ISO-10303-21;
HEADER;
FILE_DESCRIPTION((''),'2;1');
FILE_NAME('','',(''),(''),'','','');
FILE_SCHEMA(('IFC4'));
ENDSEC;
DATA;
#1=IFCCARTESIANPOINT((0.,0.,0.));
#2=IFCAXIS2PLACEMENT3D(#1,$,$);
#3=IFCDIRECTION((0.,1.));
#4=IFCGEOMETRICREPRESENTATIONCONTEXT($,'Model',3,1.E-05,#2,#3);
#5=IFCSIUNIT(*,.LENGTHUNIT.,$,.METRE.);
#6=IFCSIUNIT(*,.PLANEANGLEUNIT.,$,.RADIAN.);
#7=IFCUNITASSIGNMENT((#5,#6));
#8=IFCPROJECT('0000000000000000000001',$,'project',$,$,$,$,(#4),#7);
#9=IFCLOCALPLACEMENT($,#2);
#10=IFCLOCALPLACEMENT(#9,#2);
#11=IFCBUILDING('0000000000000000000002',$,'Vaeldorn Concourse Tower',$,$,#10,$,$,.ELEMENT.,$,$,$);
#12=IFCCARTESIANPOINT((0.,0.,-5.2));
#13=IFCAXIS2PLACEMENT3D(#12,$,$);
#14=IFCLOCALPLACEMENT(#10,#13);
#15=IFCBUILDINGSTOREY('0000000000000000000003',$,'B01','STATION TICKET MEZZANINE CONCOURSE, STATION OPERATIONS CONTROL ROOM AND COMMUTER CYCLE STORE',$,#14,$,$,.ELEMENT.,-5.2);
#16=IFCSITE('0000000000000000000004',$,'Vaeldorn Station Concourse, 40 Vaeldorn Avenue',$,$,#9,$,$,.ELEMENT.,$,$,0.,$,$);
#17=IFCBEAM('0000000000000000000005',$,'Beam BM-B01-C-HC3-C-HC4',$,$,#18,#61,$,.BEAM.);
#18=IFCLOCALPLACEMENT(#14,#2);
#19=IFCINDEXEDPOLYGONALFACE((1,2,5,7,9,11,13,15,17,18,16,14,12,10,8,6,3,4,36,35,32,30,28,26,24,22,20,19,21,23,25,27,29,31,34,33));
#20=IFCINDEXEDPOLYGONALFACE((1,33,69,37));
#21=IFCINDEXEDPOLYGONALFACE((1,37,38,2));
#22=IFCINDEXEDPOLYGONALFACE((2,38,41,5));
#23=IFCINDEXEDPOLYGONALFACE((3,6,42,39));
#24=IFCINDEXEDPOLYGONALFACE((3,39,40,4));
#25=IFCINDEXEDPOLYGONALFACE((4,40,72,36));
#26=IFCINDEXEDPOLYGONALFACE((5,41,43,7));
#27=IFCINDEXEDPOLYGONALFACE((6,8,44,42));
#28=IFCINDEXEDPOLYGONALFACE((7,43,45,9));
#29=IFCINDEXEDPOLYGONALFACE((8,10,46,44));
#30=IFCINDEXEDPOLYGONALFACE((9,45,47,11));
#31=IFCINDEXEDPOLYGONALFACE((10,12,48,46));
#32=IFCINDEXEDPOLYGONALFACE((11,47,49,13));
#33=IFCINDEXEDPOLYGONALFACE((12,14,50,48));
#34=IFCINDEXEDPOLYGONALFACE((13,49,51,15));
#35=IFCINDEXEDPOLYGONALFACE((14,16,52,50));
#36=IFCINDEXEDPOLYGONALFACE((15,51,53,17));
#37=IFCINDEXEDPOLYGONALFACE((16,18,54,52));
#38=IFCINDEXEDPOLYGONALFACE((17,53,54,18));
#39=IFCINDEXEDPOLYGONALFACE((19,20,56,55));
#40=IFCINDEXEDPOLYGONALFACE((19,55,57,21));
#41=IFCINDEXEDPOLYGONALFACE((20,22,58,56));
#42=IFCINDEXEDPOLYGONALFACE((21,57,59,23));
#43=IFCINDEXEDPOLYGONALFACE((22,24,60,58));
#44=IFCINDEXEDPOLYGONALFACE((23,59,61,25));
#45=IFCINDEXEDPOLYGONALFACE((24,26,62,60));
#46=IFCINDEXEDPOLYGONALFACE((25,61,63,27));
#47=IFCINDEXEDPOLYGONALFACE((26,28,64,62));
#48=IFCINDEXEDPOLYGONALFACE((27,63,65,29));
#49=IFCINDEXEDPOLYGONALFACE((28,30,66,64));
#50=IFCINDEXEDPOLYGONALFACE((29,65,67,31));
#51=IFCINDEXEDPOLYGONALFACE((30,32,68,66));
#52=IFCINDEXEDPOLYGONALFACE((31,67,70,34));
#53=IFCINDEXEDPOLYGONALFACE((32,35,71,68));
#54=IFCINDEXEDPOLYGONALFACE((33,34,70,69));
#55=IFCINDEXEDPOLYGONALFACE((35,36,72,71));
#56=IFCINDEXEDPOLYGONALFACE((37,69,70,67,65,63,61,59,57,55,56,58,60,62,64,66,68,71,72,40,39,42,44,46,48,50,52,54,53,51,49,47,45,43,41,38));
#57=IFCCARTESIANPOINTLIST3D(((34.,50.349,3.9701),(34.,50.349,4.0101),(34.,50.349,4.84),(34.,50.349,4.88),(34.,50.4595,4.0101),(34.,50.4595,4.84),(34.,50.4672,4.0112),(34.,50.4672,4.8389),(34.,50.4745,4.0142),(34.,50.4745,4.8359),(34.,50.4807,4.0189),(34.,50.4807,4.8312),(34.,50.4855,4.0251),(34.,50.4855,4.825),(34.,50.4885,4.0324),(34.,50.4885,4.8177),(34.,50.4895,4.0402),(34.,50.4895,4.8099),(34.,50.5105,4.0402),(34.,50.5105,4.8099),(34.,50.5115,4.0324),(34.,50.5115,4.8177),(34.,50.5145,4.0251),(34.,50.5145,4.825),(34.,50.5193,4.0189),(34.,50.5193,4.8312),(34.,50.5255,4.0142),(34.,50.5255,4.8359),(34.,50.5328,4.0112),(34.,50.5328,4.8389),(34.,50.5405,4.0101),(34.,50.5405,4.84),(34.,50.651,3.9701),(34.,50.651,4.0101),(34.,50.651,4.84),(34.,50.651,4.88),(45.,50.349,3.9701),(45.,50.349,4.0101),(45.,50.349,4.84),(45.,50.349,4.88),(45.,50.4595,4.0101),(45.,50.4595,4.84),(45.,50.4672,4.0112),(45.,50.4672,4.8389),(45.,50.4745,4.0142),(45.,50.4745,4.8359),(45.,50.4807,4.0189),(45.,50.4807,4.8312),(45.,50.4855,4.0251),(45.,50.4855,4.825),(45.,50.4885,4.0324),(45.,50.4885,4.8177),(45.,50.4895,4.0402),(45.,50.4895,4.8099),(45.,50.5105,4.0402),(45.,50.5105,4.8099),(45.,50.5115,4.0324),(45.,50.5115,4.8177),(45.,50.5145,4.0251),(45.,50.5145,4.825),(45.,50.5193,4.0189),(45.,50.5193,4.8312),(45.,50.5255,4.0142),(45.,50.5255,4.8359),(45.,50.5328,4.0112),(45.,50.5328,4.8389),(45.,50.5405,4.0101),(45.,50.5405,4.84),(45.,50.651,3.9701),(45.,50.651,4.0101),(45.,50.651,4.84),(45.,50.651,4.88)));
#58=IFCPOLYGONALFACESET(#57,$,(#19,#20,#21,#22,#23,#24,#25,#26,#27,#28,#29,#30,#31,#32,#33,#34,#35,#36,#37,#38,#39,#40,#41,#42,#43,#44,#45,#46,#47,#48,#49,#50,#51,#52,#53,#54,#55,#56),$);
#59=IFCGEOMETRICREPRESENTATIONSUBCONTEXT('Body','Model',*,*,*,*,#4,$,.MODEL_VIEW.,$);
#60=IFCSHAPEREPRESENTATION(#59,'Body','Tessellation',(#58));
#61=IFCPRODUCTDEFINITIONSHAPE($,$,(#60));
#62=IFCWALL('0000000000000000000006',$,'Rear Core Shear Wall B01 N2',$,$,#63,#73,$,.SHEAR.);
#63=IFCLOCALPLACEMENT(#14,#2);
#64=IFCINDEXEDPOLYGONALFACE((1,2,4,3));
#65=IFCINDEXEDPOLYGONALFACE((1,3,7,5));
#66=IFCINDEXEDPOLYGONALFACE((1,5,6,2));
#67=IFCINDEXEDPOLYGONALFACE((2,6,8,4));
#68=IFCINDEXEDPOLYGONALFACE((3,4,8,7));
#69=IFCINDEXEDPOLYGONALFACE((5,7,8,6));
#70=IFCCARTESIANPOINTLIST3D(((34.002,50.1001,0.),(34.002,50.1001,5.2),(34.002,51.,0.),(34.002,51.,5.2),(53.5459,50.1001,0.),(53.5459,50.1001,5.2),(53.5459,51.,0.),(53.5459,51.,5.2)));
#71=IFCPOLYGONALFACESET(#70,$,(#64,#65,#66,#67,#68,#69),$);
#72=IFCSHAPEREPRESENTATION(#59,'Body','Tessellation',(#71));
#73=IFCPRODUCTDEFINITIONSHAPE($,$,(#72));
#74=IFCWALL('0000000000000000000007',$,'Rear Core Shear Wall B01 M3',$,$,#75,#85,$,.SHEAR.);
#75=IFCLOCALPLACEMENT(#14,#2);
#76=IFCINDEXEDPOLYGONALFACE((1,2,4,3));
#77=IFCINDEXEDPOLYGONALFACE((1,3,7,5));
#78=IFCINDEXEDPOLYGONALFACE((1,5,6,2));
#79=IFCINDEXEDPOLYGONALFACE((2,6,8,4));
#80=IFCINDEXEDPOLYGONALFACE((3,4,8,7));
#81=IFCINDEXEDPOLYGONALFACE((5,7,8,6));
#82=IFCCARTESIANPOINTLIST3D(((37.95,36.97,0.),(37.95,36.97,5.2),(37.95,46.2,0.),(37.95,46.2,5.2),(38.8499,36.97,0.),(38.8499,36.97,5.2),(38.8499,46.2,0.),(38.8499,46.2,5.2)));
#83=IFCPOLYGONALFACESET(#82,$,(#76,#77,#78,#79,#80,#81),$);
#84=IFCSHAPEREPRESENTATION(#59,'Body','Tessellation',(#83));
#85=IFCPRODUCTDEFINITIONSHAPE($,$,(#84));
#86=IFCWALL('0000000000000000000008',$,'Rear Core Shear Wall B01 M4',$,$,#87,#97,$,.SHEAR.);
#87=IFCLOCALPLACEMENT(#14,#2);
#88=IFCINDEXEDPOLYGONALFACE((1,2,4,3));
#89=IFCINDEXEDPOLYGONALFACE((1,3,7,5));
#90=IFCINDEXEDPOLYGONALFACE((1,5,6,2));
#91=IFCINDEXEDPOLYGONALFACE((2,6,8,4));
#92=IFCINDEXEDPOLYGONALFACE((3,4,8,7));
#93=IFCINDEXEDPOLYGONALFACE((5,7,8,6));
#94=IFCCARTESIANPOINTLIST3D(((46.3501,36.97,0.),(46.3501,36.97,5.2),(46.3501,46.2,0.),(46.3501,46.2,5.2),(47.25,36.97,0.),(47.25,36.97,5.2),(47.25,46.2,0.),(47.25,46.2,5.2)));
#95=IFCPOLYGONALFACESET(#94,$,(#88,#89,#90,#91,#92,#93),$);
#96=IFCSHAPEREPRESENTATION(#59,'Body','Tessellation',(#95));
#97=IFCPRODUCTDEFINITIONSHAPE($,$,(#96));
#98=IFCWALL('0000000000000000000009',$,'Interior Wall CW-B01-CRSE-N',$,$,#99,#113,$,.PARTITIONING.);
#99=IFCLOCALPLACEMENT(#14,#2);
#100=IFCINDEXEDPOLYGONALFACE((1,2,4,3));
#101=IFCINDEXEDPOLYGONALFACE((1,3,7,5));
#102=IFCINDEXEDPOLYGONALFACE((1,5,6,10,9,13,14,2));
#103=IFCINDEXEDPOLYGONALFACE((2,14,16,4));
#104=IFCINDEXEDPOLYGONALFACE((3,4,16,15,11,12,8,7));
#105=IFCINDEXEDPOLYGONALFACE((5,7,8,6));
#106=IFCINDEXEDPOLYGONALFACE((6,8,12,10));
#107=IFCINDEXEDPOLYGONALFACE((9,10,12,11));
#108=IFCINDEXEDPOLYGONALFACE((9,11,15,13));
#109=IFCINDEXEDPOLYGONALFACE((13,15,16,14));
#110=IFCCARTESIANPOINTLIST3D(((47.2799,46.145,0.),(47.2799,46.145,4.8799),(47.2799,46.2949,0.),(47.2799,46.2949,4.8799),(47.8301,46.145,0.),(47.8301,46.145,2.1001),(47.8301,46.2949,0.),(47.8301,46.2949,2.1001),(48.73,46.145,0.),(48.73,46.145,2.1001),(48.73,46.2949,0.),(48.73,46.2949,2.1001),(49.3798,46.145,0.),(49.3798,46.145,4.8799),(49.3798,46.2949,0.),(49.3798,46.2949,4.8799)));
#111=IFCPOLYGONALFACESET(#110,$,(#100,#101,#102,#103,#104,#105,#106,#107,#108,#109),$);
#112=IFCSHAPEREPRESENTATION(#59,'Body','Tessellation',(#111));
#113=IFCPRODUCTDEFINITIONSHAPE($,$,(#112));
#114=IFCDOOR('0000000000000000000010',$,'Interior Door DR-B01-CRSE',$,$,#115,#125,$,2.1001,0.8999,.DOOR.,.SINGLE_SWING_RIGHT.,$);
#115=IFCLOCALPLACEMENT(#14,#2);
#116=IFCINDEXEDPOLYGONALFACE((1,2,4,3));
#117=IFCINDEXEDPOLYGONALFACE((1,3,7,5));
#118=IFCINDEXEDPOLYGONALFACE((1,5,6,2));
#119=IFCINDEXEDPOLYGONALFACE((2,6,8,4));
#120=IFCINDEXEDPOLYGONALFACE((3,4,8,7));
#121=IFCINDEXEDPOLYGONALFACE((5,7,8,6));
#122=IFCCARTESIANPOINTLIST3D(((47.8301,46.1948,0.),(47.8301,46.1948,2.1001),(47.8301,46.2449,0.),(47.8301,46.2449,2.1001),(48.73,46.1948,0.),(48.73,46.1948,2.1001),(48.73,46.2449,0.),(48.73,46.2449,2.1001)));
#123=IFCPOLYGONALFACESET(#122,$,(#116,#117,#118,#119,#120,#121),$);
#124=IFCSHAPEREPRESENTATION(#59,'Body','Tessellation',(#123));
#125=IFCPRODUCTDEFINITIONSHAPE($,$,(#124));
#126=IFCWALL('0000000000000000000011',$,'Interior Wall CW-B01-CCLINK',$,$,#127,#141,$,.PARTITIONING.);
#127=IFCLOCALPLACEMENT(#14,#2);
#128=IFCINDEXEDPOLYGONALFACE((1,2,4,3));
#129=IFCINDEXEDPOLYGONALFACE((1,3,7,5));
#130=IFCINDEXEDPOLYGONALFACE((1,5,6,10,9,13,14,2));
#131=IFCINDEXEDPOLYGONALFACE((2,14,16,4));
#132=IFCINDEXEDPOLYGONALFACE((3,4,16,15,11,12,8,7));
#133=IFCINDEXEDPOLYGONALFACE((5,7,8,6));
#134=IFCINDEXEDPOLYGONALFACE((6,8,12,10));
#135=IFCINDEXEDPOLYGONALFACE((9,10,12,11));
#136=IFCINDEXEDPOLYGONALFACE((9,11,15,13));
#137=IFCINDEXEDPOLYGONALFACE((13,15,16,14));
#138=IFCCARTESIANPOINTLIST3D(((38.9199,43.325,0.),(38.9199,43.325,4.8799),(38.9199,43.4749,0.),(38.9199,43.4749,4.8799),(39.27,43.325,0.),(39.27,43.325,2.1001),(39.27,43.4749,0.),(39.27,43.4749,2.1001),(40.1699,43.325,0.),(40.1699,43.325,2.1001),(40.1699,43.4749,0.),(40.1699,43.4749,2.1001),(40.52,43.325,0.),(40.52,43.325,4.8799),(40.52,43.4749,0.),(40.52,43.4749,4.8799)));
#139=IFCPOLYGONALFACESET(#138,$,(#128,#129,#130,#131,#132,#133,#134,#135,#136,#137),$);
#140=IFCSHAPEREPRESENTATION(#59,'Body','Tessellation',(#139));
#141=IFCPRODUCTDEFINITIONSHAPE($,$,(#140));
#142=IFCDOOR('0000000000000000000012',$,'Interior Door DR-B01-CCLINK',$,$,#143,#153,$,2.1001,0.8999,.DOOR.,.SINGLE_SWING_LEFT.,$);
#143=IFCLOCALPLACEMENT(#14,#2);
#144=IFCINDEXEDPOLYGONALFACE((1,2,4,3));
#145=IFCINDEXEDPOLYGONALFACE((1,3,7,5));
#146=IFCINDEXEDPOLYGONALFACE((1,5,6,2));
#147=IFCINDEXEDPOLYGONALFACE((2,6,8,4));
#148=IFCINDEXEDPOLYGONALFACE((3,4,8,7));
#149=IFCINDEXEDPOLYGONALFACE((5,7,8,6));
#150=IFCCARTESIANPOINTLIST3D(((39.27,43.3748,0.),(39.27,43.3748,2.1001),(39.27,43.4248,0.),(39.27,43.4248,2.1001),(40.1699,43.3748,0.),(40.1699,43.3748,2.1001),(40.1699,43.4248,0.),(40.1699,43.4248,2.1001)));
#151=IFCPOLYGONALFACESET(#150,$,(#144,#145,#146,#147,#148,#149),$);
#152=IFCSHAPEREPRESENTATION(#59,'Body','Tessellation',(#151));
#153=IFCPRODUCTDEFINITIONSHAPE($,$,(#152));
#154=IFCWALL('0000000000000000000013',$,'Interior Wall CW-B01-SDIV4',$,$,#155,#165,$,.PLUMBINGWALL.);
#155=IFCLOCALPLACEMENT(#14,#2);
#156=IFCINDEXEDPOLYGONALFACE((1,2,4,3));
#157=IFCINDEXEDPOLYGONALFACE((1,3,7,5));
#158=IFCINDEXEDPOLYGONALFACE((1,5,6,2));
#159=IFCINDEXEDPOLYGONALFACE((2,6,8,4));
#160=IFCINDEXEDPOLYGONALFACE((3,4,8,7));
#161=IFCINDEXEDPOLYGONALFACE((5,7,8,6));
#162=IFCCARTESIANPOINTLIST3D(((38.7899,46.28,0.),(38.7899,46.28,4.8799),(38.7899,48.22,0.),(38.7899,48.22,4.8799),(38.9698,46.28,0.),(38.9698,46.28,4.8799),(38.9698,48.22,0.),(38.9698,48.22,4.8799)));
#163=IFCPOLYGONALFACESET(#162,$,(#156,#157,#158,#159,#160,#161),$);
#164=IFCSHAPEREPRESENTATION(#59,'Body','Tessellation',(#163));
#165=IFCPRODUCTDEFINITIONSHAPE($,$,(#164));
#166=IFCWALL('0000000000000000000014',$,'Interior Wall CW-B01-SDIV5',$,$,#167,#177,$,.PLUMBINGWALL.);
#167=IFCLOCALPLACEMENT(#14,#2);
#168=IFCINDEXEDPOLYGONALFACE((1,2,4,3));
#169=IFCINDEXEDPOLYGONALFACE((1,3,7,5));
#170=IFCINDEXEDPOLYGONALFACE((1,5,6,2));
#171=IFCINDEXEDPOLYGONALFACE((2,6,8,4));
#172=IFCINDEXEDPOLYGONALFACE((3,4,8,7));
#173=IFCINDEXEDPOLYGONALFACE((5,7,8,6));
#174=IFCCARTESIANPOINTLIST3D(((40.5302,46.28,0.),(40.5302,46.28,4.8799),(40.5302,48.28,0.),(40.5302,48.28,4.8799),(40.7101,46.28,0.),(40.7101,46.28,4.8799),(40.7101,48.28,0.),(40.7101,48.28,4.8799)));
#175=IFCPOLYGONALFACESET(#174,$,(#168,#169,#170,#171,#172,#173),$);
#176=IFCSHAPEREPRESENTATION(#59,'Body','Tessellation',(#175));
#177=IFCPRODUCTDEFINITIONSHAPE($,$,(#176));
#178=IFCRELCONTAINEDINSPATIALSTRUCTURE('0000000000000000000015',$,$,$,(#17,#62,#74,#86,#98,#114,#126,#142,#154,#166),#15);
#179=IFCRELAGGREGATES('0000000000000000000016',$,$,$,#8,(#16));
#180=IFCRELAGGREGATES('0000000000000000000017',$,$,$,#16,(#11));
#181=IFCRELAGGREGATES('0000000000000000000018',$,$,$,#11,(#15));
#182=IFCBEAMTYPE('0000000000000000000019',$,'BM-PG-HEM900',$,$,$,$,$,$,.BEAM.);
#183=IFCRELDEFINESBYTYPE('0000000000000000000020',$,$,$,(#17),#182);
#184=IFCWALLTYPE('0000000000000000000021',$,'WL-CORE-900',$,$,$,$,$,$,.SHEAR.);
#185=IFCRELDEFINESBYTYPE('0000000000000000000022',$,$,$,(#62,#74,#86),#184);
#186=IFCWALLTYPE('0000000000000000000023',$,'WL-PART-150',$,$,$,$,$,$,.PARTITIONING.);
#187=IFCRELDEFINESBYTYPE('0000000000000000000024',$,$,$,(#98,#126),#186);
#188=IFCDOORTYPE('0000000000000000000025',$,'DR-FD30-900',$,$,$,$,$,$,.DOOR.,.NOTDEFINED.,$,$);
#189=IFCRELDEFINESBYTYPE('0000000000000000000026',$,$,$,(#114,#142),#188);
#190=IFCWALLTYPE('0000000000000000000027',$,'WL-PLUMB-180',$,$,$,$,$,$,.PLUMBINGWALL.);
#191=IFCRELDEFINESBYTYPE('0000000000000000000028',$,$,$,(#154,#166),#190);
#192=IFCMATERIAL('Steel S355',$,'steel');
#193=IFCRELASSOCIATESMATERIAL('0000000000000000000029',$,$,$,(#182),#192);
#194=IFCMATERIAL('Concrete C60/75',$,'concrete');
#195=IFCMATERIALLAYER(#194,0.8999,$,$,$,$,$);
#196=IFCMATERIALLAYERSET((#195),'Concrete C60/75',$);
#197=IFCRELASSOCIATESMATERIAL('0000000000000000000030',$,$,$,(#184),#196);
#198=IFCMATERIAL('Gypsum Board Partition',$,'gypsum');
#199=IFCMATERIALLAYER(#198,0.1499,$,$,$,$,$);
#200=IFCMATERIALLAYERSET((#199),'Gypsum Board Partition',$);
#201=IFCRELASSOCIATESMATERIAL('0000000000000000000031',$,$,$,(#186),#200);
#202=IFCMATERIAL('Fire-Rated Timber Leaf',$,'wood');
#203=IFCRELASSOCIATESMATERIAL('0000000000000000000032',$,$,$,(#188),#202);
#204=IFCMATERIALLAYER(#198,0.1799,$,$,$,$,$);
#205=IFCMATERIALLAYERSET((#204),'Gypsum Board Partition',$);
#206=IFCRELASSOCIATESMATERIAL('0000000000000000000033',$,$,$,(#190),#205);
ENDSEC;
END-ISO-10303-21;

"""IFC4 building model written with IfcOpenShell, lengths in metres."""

from ifc_helpers import new_model, si_unit, direction, frame, frame_2d, origin, origin_2d, place, context, subcontext, project, spatial, rectangle, i_section, extrude, source, transform, mapped, material, layer, layer_set, material_profile, profile_set, type_object, element, fill, save


model = new_model("IFC4")

# Units and contexts
model_context = context("Model", 3, precision=1e-05, world=origin(), true_north=direction((0.0, 1.0)))
body_context = subcontext(model_context, "Body", "Model", "MODEL_VIEW")
ifc_project = project(units=[si_unit("LENGTHUNIT", "METRE"), si_unit("PLANEANGLEUNIT", "RADIAN")], contexts=[model_context])

# Site, building, storey
site_placement = place(None, origin())
site = spatial("IfcSite", under=ifc_project, at=site_placement, Name="Vaeldorn Station Concourse, 40 Vaeldorn Avenue", CompositionType="ELEMENT", RefElevation=0.0)
building_placement = place(site_placement, origin())
building = spatial("IfcBuilding", under=site, at=building_placement, Name="Vaeldorn Concourse Tower", CompositionType="ELEMENT")
storey_placement = place(building_placement, frame((0.0, 0.0, -5.2)))
storey = spatial("IfcBuildingStorey", under=building, at=storey_placement, Name="B01", Description="STATION TICKET MEZZANINE CONCOURSE, STATION OPERATIONS CONTROL ROOM AND COMMUTER CYCLE STORE", CompositionType="ELEMENT", Elevation=-5.2)

# Beam
ifc_material_1 = material(Name="Steel S355", Category="steel")
ifc_material_profile_1 = material_profile(ifc_material_1, i_section(OverallWidth=0.302, OverallDepth=0.9099, WebThickness=0.021, FlangeThickness=0.04, FilletRadius=0.03, at=origin_2d()), Name="HEM 900")
ifc_profile_set_1 = profile_set([ifc_material_profile_1], Name="Steel S355")
beam_type_1 = type_object("IfcBeamType", Name="BM-PG-HEM900", PredefinedType="BEAM", material=ifc_profile_set_1)
shared_shape_1 = source(origin(), body_context, "Body", "SweptSolid", [
    extrude(i_section(OverallWidth=0.302, OverallDepth=0.9099, WebThickness=0.021, FlangeThickness=0.04, FilletRadius=0.03, at=origin_2d()), origin(), (0.0, 0.0, 1.0), 11.0),
])
beam_1_placement = place(storey_placement, frame((34.0, 50.5, 4.425), z_axis=(1.0, 0.0, 0.0), x_axis=(0.0, 1.0, 0.0)))
element("IfcBeam", 1, at=beam_1_placement, inside=storey, type_object=beam_type_1, Name="Beam BM-B01-C-HC3-C-HC4", PredefinedType="BEAM", context=body_context, shape_type="MappedRepresentation", body=[
    mapped(shared_shape_1, transform((0.0, 0.0, 0.0), scale=1.0)),
])

# Walls
ifc_material_2 = material(Name="Concrete C60/75", Category="concrete")
ifc_layer_1 = layer(ifc_material_2, 0.8999)
ifc_layer_set_1 = layer_set([ifc_layer_1], Name="Concrete C60/75")
wall_type_1 = type_object("IfcWallType", Name="WL-CORE-900", PredefinedType="SHEAR", material=ifc_layer_set_1)
wall_1_placement = place(storey_placement, frame((34.002, 50.55, 0.0), z_axis=(0.0, 0.0, 1.0), x_axis=(1.0, 0.0, 0.0)))
element("IfcWall", 2, at=wall_1_placement, inside=storey, type_object=wall_type_1, Name="Rear Core Shear Wall B01 N2", PredefinedType="SHEAR", context=body_context, shape_type="SweptSolid", body=[
    extrude(rectangle(XDim=19.5439, YDim=0.8999, at=frame_2d((9.772, 0.0))), origin(), (0.0, 0.0, 1.0), 5.2),
])
for number, where, z_axis, x_axis, name in (
    (3, (38.3999, 36.97, 0.0), (0.0, 0.0, 1.0), (0.0, 1.0, 0.0), "Rear Core Shear Wall B01 M3"),
    (4, (46.8, 36.97, 0.0), (0.0, 0.0, 1.0), (0.0, 1.0, 0.0), "Rear Core Shear Wall B01 M4"),
):
    element("IfcWall", number, at=place(storey_placement, frame(where, z_axis=z_axis, x_axis=x_axis)), inside=storey, type_object=wall_type_1, Name=name, PredefinedType="SHEAR", context=body_context, shape_type="SweptSolid", body=[
        extrude(rectangle(XDim=9.23, YDim=0.8999, at=frame_2d((4.615, 0.0))), origin(), (0.0, 0.0, 1.0), 5.2),
    ])

# Walls, openings, doors
ifc_material_3 = material(Name="Gypsum Board Partition", Category="gypsum")
ifc_layer_2 = layer(ifc_material_3, 0.1499)
ifc_layer_set_2 = layer_set([ifc_layer_2], Name="Gypsum Board Partition")
wall_type_2 = type_object("IfcWallType", Name="WL-PART-150", PredefinedType="PARTITIONING", material=ifc_layer_set_2)
wall_2_placement = place(storey_placement, frame((47.28, 46.22, 0.0), z_axis=(0.0, 0.0, 1.0), x_axis=(1.0, 0.0, 0.0)))
wall_2 = element("IfcWall", 5, at=wall_2_placement, inside=storey, type_object=wall_type_2, Name="Interior Wall CW-B01-CRSE-N", PredefinedType="PARTITIONING", context=body_context, shape_type="SweptSolid", body=[
    extrude(rectangle(XDim=2.0999, YDim=0.1499, at=frame_2d((1.0498, 0.0))), origin(), (0.0, 0.0, 1.0), 4.8799),
])
opening_1_placement = place(wall_2_placement, frame((0.55, 0.0, 0.0)))
opening_1 = element("IfcOpeningElement", 6, at=opening_1_placement, cuts=wall_2, PredefinedType="OPENING", context=body_context, shape_type="SweptSolid", body=[
    extrude(rectangle(XDim=0.8999, YDim=2.1001, at=frame_2d((0.45, 1.05))), frame((0.0, 0.085, 0.0), z_axis=(0.0, -1.0, 0.0), x_axis=(1.0, 0.0, 0.0)), (0.0, 0.0, 1.0), 0.1699),
])
ifc_material_4 = material(Name="Fire-Rated Timber Leaf", Category="wood")
door_type_1 = type_object("IfcDoorType", Name="DR-FD30-900", OperationType="NOTDEFINED", PredefinedType="DOOR", material=ifc_material_4)
shared_shape_2 = source(origin(), body_context, "Body", "SweptSolid", [
    extrude(rectangle(XDim=0.8999, YDim=2.1001, at=frame_2d((0.45, 1.05))), frame((0.0, 0.0249, 0.0), z_axis=(0.0, -1.0, 0.0), x_axis=(1.0, 0.0, 0.0)), (0.0, 0.0, 1.0), 0.05),
])
door_1_placement = place(opening_1_placement, origin())
door_1 = element("IfcDoor", 7, at=door_1_placement, inside=storey, type_object=door_type_1, Name="Interior Door DR-B01-CRSE", OperationType="SINGLE_SWING_RIGHT", OverallHeight=2.1001, OverallWidth=0.8999, PredefinedType="DOOR", context=body_context, shape_type="MappedRepresentation", body=[
    mapped(shared_shape_2, transform((0.0, 0.0, 0.0), scale=1.0)),
])
fill(opening_1, door_1)
wall_3_placement = place(storey_placement, frame((38.9199, 43.3999, 0.0), z_axis=(0.0, 0.0, 1.0), x_axis=(1.0, 0.0, 0.0)))
wall_3 = element("IfcWall", 8, at=wall_3_placement, inside=storey, type_object=wall_type_2, Name="Interior Wall CW-B01-CCLINK", PredefinedType="PARTITIONING", context=body_context, shape_type="SweptSolid", body=[
    extrude(rectangle(XDim=1.6001, YDim=0.1499, at=frame_2d((0.8, 0.0))), origin(), (0.0, 0.0, 1.0), 4.8799),
])
opening_2_placement = place(wall_3_placement, frame((0.3501, 0.0, 0.0)))
opening_2 = element("IfcOpeningElement", 9, at=opening_2_placement, cuts=wall_3, PredefinedType="OPENING", context=body_context, shape_type="SweptSolid", body=[
    extrude(rectangle(XDim=0.8999, YDim=2.1001, at=frame_2d((0.45, 1.05))), frame((0.0, 0.085, 0.0), z_axis=(0.0, -1.0, 0.0), x_axis=(1.0, 0.0, 0.0)), (0.0, 0.0, 1.0), 0.1699),
])
door_2_placement = place(opening_2_placement, origin())
door_2 = element("IfcDoor", 10, at=door_2_placement, inside=storey, type_object=door_type_1, Name="Interior Door DR-B01-CCLINK", OperationType="SINGLE_SWING_LEFT", OverallHeight=2.1001, OverallWidth=0.8999, PredefinedType="DOOR", context=body_context, shape_type="MappedRepresentation", body=[
    mapped(shared_shape_2, transform((0.0, 0.0, 0.0), scale=1.0)),
])
fill(opening_2, door_2)

# Walls
ifc_layer_3 = layer(ifc_material_3, 0.1799)
ifc_layer_set_3 = layer_set([ifc_layer_3], Name="Gypsum Board Partition")
wall_type_3 = type_object("IfcWallType", Name="WL-PLUMB-180", PredefinedType="PLUMBINGWALL", material=ifc_layer_set_3)
wall_4_placement = place(storey_placement, frame((38.8799, 46.28, 0.0), z_axis=(0.0, 0.0, 1.0), x_axis=(0.0, 1.0, 0.0)))
element("IfcWall", 11, at=wall_4_placement, inside=storey, type_object=wall_type_3, Name="Interior Wall CW-B01-SDIV4", PredefinedType="PLUMBINGWALL", context=body_context, shape_type="SweptSolid", body=[
    extrude(rectangle(XDim=1.9399, YDim=0.1799, at=frame_2d((0.97, 0.0))), origin(), (0.0, 0.0, 1.0), 4.8799),
])
wall_5_placement = place(storey_placement, frame((40.6201, 46.28, 0.0), z_axis=(0.0, 0.0, 1.0), x_axis=(0.0, 1.0, 0.0)))
element("IfcWall", 12, at=wall_5_placement, inside=storey, type_object=wall_type_3, Name="Interior Wall CW-B01-SDIV5", PredefinedType="PLUMBINGWALL", context=body_context, shape_type="SweptSolid", body=[
    extrude(rectangle(XDim=2.0, YDim=0.1799, at=frame_2d((1.0, 0.0))), origin(), (0.0, 0.0, 1.0), 4.8799),
])

save(model, "model.ifc")
